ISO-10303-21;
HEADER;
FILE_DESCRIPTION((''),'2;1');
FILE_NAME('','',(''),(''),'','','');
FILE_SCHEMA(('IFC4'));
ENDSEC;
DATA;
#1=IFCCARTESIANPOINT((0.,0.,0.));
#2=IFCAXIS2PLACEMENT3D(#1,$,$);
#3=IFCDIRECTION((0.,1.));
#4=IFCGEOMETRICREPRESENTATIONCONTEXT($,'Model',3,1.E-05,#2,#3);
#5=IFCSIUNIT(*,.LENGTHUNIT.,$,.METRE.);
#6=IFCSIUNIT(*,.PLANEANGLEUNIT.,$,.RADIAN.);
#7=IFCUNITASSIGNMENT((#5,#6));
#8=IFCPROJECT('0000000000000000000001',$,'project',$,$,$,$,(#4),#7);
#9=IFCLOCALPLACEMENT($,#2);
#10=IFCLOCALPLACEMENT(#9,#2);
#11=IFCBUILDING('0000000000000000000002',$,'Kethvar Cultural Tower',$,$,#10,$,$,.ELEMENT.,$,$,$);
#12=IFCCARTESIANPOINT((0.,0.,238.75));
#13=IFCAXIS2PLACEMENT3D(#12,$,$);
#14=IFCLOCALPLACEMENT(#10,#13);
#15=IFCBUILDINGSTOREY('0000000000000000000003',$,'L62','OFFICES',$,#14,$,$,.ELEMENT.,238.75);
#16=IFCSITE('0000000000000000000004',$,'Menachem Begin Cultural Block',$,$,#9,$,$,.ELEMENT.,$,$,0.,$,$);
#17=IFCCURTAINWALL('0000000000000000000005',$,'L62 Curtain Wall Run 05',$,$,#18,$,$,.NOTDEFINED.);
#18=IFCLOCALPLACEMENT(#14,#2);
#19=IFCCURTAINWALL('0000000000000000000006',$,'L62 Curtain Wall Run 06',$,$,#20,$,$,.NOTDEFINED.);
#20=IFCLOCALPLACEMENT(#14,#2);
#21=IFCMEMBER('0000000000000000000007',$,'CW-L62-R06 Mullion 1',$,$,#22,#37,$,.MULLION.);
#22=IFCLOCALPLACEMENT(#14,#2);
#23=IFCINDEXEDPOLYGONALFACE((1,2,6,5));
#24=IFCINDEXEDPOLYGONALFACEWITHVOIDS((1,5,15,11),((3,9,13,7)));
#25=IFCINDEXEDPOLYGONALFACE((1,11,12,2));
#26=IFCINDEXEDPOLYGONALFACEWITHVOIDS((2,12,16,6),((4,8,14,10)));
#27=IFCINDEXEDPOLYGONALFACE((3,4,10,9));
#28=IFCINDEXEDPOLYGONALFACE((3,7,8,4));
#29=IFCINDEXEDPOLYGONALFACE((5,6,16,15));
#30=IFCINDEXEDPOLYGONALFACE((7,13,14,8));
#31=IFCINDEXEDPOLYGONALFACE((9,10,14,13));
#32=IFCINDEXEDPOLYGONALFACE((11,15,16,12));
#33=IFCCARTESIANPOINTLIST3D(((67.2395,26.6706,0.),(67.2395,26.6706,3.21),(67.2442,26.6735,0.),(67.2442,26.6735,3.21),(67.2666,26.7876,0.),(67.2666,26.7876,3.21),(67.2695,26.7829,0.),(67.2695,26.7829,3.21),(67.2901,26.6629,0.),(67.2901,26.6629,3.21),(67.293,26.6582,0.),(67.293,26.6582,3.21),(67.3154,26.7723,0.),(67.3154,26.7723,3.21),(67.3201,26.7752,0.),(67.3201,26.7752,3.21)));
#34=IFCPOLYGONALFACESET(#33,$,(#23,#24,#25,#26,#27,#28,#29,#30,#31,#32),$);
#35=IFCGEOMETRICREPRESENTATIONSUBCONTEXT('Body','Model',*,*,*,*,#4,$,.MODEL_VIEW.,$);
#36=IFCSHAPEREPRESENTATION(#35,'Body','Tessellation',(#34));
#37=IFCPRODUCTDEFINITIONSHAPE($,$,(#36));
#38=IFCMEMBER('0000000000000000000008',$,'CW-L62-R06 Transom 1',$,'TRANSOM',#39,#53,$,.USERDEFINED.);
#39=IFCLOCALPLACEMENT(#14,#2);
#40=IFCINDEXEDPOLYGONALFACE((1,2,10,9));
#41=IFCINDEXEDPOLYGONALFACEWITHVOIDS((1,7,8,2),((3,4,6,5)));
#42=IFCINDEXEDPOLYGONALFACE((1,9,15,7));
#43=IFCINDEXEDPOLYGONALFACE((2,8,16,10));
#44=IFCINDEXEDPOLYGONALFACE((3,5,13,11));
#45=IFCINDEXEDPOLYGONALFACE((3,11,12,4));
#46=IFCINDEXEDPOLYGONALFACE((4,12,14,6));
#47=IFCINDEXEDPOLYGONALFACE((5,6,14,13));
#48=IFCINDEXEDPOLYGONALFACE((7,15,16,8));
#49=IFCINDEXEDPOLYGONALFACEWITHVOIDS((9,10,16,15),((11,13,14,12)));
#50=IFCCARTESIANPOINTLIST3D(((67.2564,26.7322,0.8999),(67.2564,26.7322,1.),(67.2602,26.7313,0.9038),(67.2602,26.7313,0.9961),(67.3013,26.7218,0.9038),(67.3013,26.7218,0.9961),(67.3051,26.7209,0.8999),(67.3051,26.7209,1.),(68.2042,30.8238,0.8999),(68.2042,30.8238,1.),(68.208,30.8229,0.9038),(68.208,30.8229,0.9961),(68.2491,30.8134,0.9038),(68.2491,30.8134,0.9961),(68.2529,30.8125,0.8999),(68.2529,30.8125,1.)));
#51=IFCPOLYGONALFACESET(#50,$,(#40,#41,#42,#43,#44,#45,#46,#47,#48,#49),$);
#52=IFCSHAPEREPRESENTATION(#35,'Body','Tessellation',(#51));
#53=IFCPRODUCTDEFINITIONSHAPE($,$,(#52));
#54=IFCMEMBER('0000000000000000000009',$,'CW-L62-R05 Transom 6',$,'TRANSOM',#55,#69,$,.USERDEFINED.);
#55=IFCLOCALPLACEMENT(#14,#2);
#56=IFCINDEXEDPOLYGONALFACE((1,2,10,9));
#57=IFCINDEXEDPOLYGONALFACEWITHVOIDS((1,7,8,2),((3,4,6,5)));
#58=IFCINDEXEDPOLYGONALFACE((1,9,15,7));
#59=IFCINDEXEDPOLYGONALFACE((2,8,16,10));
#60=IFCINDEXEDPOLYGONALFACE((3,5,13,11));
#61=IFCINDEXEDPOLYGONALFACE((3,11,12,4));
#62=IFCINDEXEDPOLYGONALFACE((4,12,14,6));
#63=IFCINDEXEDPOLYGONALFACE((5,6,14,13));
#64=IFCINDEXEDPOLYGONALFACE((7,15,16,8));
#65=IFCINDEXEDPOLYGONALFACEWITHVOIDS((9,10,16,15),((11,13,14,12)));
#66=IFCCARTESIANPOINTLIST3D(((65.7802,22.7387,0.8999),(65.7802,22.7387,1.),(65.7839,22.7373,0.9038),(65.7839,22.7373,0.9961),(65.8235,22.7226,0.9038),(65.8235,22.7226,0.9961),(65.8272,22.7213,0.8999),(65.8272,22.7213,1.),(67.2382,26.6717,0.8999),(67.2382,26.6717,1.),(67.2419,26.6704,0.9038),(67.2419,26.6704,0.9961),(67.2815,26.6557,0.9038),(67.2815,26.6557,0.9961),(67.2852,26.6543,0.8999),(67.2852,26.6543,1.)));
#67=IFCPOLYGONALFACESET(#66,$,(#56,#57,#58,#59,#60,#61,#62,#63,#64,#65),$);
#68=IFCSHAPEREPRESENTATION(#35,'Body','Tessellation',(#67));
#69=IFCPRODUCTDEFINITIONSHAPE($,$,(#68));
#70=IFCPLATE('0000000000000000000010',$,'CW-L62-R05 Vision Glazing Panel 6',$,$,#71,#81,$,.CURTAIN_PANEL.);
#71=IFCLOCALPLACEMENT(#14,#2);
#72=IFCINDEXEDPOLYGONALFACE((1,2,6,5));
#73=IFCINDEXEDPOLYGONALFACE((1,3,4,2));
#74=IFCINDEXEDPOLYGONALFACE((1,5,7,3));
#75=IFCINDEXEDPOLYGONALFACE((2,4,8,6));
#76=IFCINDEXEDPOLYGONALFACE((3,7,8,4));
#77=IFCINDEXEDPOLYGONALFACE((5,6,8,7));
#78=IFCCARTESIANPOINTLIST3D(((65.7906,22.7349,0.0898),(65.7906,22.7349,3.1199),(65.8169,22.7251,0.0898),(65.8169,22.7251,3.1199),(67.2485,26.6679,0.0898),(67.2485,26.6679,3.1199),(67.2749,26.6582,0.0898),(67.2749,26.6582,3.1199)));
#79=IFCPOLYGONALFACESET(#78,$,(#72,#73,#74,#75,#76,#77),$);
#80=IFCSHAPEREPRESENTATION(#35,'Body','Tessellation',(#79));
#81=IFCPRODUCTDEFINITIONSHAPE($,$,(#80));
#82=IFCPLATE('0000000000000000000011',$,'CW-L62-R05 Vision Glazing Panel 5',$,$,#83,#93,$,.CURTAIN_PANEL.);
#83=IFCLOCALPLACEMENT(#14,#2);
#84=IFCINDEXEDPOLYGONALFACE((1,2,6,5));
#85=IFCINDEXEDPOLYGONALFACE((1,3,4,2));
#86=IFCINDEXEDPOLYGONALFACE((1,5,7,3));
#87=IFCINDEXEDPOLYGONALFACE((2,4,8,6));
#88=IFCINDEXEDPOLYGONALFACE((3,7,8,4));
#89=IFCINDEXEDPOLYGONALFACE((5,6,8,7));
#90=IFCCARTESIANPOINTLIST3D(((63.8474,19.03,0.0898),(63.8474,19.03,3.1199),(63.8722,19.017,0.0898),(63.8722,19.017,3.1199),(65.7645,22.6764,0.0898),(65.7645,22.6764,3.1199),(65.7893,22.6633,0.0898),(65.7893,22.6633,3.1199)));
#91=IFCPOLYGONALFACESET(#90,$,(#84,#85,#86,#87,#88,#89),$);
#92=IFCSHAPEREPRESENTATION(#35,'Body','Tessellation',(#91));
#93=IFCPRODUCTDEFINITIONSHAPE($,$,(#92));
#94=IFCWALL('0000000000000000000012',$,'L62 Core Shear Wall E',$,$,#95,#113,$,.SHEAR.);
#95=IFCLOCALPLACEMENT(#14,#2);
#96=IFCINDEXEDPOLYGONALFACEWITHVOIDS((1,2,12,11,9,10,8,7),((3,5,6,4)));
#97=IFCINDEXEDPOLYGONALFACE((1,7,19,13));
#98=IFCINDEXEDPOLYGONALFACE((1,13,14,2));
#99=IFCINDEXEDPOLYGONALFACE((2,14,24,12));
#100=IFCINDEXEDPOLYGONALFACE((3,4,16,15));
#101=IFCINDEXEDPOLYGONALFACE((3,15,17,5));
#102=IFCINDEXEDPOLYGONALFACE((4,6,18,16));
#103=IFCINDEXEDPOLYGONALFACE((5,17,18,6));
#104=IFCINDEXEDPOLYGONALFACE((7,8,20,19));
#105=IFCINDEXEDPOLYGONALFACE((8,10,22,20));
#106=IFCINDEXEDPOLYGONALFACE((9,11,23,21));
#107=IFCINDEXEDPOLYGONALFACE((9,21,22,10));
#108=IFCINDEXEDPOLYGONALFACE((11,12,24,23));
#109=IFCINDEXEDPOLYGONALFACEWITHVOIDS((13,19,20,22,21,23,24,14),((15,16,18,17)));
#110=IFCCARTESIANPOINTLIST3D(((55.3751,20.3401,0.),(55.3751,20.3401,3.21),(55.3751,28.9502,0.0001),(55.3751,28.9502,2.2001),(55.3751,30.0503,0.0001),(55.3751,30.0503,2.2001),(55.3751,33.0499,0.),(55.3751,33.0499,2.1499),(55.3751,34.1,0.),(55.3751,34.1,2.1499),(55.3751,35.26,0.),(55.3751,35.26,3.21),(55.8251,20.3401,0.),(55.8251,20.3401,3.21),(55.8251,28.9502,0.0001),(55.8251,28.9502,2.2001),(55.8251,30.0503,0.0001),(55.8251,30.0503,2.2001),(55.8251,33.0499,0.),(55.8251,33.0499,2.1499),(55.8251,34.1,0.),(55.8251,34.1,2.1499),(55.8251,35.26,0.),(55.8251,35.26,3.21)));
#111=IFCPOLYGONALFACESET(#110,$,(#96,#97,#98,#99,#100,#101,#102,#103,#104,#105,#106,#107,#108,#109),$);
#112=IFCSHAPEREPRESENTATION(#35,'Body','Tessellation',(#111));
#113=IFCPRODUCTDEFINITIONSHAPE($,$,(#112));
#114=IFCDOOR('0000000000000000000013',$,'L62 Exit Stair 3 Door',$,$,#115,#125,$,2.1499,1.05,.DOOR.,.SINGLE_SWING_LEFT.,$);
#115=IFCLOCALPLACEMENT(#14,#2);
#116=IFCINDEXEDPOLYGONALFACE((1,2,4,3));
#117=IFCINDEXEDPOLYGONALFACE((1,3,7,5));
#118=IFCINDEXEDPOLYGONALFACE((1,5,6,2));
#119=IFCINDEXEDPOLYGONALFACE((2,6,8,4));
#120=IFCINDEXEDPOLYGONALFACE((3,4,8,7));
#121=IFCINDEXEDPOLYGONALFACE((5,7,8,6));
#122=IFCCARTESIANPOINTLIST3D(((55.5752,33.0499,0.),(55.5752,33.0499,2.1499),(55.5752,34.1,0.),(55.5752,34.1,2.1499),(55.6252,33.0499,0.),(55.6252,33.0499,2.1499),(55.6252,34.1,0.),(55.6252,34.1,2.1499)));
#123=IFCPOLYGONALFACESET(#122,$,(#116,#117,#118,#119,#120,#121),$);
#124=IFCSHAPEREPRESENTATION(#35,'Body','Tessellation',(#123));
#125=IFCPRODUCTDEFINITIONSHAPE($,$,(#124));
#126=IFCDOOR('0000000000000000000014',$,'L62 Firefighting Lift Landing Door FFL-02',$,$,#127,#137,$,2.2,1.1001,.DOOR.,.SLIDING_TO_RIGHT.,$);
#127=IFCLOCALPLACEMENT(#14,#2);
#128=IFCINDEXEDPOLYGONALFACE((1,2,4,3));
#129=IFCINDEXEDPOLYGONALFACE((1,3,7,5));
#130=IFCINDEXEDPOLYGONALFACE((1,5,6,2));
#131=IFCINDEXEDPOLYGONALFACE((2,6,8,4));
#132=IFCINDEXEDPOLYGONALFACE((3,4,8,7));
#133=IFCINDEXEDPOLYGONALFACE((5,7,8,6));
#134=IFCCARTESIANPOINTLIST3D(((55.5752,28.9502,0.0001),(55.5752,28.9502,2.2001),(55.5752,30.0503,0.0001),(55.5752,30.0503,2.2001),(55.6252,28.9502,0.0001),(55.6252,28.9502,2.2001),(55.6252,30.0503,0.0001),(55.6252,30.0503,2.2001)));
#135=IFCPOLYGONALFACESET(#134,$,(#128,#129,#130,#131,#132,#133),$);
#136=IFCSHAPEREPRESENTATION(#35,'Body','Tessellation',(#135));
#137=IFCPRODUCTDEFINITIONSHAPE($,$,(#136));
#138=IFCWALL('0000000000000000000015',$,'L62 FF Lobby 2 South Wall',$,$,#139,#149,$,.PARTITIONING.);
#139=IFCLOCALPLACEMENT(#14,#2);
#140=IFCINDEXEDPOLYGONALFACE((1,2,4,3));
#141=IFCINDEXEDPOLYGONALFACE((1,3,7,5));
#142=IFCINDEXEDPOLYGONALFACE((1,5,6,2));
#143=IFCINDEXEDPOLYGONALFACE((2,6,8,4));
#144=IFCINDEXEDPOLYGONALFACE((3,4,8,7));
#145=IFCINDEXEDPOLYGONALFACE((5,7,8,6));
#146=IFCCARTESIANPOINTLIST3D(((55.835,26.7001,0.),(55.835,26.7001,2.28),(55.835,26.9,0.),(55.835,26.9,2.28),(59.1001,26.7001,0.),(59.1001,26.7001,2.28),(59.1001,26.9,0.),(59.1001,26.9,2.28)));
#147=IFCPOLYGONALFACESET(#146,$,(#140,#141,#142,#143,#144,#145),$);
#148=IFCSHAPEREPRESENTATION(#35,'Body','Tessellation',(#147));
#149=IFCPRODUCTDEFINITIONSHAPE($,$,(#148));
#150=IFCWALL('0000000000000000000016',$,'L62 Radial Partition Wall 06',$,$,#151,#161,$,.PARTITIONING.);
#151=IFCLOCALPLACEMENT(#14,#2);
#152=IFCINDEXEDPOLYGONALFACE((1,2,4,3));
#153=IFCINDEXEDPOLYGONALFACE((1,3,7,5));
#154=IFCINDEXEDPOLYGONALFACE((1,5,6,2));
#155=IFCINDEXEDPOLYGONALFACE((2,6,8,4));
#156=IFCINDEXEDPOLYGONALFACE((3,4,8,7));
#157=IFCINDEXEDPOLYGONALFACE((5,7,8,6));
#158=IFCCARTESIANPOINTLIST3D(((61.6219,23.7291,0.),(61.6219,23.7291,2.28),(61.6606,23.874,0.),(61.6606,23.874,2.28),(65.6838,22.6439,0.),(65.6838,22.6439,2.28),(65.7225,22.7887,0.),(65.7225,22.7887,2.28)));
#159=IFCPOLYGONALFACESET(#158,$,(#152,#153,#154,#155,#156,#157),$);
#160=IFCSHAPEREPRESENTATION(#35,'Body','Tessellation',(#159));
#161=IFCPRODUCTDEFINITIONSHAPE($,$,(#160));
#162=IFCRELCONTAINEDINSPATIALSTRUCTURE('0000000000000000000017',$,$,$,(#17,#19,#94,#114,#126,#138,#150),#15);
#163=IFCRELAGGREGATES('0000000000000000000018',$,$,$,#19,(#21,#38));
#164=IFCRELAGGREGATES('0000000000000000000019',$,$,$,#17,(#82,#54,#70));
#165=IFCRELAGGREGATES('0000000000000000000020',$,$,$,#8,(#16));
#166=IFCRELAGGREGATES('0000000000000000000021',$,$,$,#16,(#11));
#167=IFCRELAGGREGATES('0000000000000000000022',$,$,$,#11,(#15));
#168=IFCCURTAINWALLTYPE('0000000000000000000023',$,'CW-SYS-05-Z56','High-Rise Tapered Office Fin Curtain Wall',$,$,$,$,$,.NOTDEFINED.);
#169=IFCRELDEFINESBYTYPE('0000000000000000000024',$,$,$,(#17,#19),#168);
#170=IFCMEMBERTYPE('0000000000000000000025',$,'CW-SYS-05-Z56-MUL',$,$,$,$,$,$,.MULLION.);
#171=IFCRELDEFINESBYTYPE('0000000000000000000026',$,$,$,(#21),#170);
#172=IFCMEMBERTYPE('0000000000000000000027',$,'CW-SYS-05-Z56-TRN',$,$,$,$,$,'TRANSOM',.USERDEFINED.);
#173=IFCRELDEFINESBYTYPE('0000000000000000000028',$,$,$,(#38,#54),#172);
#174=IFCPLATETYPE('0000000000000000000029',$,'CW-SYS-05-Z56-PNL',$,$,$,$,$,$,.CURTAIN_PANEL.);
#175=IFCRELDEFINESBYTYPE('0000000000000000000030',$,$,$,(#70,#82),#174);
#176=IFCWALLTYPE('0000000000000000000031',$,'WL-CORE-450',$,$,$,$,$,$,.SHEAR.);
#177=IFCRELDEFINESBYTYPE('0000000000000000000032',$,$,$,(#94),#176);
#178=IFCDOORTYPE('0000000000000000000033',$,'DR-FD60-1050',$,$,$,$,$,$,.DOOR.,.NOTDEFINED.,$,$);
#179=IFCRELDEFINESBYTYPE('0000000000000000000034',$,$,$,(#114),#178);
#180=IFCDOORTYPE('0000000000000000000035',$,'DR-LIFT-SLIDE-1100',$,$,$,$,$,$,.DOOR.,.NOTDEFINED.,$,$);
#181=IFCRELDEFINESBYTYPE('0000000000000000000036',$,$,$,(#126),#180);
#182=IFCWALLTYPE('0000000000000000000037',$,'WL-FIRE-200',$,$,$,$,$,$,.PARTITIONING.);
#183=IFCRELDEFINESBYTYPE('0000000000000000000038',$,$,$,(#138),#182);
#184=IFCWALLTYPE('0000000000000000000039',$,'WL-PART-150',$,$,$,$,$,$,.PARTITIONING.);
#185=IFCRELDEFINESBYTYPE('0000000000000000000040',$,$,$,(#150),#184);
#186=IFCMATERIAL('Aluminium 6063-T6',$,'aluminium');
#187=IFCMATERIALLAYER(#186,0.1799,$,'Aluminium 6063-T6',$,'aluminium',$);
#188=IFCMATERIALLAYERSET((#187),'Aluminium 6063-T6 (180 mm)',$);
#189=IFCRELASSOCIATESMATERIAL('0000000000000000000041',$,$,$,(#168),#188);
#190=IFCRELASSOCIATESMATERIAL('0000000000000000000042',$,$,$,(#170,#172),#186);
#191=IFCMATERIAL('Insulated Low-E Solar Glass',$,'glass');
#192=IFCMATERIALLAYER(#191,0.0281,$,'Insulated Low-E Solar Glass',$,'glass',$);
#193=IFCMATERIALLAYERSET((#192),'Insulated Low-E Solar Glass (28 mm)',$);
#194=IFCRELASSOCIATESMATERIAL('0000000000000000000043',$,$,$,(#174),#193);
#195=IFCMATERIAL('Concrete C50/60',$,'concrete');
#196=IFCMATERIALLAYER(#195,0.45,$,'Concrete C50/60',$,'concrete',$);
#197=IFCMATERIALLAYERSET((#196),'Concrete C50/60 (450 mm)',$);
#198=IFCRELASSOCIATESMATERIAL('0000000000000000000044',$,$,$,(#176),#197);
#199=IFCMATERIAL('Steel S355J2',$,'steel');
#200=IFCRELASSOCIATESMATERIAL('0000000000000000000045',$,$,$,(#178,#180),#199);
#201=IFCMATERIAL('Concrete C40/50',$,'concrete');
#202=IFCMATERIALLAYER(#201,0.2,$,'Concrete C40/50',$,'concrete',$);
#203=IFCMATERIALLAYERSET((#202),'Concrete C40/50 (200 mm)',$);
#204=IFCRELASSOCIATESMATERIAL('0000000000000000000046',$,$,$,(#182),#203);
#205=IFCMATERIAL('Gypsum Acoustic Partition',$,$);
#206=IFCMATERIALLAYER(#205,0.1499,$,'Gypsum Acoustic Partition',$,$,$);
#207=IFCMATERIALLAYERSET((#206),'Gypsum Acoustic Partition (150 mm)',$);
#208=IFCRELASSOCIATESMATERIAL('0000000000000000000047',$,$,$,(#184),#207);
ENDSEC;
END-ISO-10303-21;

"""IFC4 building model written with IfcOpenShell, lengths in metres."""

from ifc_helpers import new_model, si_unit, direction, frame, frame_2d, origin, origin_2d, place, context, subcontext, project, spatial, rectangle, hollow_rectangle, extrude, source, transform, mapped, material, layer, layer_set, material_profile, profile_set, type_object, element, fill, aggregate, save


model = new_model("IFC4")

# Units and contexts
model_context = context("Model", 3, precision=1e-05, world=origin(), true_north=direction((0.0, 1.0)))
body_context = subcontext(model_context, "Body", "Model", "MODEL_VIEW")
ifc_project = project(units=[si_unit("LENGTHUNIT", "METRE"), si_unit("PLANEANGLEUNIT", "RADIAN")], contexts=[model_context])

# Site, building, storey
site_placement = place(None, origin())
site = spatial("IfcSite", under=ifc_project, at=site_placement, Name="Menachem Begin Cultural Block", CompositionType="ELEMENT", RefElevation=0.0)
building_placement = place(site_placement, origin())
building = spatial("IfcBuilding", under=site, at=building_placement, Name="Kethvar Cultural Tower", CompositionType="ELEMENT")
storey_placement = place(building_placement, frame((0.0, 0.0, 238.75)))
storey = spatial("IfcBuildingStorey", under=building, at=storey_placement, Name="L62", Description="OFFICES", CompositionType="ELEMENT", Elevation=238.75)

# Shared definitions
ifc_material_1 = material(Name="Steel S355J2", Category="steel")

# Curtain walls, members
ifc_material_2 = material(Name="Aluminium 6063-T6", Category="aluminium")
ifc_layer_1 = layer(ifc_material_2, 0.1799, Name="Aluminium 6063-T6", Category="aluminium")
ifc_layer_set_1 = layer_set([ifc_layer_1], Name="Aluminium 6063-T6 (180 mm)")
curtain_wall_type = type_object("IfcCurtainWallType", Name="CW-SYS-05-Z56", Description="High-Rise Tapered Office Fin Curtain Wall", PredefinedType="NOTDEFINED", material=ifc_layer_set_1)
curtain_wall_1_placement = place(storey_placement, origin())
curtain_wall_1 = element("IfcCurtainWall", 1, at=curtain_wall_1_placement, inside=storey, type_object=curtain_wall_type, Name="L62 Curtain Wall Run 05", PredefinedType="NOTDEFINED")
ifc_material_profile_1 = material_profile(ifc_material_2, hollow_rectangle(XDim=0.0549, YDim=0.1201, WallThickness=0.0039, at=origin_2d()), Name="Aluminium 6063-T6 — RHS120x55x4")
ifc_profile_set_1 = profile_set([ifc_material_profile_1], Name="Aluminium 6063-T6 — RHS120x55x4")
member_type_1 = type_object("IfcMemberType", Name="CW-SYS-05-Z56-MUL", PredefinedType="MULLION", material=ifc_profile_set_1)
shared_shape_1 = source(origin(), body_context, "Body", "SweptSolid", [
    extrude(hollow_rectangle(XDim=0.0549, YDim=0.1201, WallThickness=0.0039, at=origin_2d()), origin(), (0.0, 0.0, 1.0), 3.21),
])
curtain_wall_2_placement = place(storey_placement, origin())
curtain_wall_2 = element("IfcCurtainWall", 2, at=curtain_wall_2_placement, inside=storey, type_object=curtain_wall_type, Name="L62 Curtain Wall Run 06", PredefinedType="NOTDEFINED")
member_1_placement = place(storey_placement, frame((67.2798, 26.7229, 0.0), z_axis=(0.0, 0.0, 1.0), x_axis=(-0.974213, 0.225631, 0.0)))
member_1 = element("IfcMember", 3, at=member_1_placement, type_object=member_type_1, Name="CW-L62-R06 Mullion 1", PredefinedType="MULLION", context=body_context, shape_type="MappedRepresentation", body=[
    mapped(shared_shape_1, transform((0.0, 0.0, 0.0), scale=1.0)),
])
ifc_material_profile_2 = material_profile(ifc_material_2, hollow_rectangle(XDim=0.05, YDim=0.1001, WallThickness=0.0039, at=origin_2d()), Name="Aluminium 6063-T6 — RHS100x50x4")
ifc_profile_set_2 = profile_set([ifc_material_profile_2], Name="Aluminium 6063-T6 — RHS100x50x4")
member_type_2 = type_object("IfcMemberType", Name="CW-SYS-05-Z56-TRN", ElementType="TRANSOM", PredefinedType="USERDEFINED", material=ifc_profile_set_2)
shared_shape_2 = source(origin(), body_context, "Body", "SweptSolid", [
    extrude(hollow_rectangle(XDim=0.05, YDim=0.1001, WallThickness=0.0039, at=origin_2d()), origin(), (0.0, 0.0, 1.0), 4.2),
])
member_2_placement = place(storey_placement, frame((67.2808, 26.7266, 0.95), z_axis=(0.225662, 0.974206, 0.0), x_axis=(-0.974206, 0.225662, 0.0)))
member_2 = element("IfcMember", 4, at=member_2_placement, type_object=member_type_2, Name="CW-L62-R06 Transom 1", ObjectType="TRANSOM", PredefinedType="USERDEFINED", context=body_context, shape_type="MappedRepresentation", body=[
    mapped(shared_shape_2, transform((0.0, 0.0, 0.0), scale=1.0)),
])
aggregate(curtain_wall_2, [member_1, member_2])

# Member
shared_shape_3 = source(origin(), body_context, "Body", "SweptSolid", [
    extrude(hollow_rectangle(XDim=0.05, YDim=0.1001, WallThickness=0.0039, at=origin_2d()), origin(), (0.0, 0.0, 1.0), 4.1946),
])
member_3_placement = place(storey_placement, frame((65.8037, 22.73, 0.95), z_axis=(0.347587, 0.937648, 0.0), x_axis=(-0.937648, 0.347587, 0.0)))
member_3 = element("IfcMember", 5, at=member_3_placement, type_object=member_type_2, Name="CW-L62-R05 Transom 6", ObjectType="TRANSOM", PredefinedType="USERDEFINED", context=body_context, shape_type="MappedRepresentation", body=[
    mapped(shared_shape_3, transform((0.0, 0.0, 0.0), scale=1.0)),
])

# Plates
ifc_material_3 = material(Name="Insulated Low-E Solar Glass", Category="glass")
ifc_layer_2 = layer(ifc_material_3, 0.0281, Name="Insulated Low-E Solar Glass", Category="glass")
ifc_layer_set_2 = layer_set([ifc_layer_2], Name="Insulated Low-E Solar Glass (28 mm)")
plate_type = type_object("IfcPlateType", Name="CW-SYS-05-Z56-PNL", PredefinedType="CURTAIN_PANEL", material=ifc_layer_set_2)
shared_shape_4 = source(origin(), body_context, "Body", "SweptSolid", [
    extrude(rectangle(XDim=4.1946, YDim=0.0281, at=origin_2d()), origin(), (0.0, 0.0, 1.0), 3.03),
])
plate_1_placement = place(storey_placement, frame((66.5327, 24.6965, 0.0898), z_axis=(0.0, 0.0, 1.0), x_axis=(0.34759, 0.937646, 0.0)))
plate_1 = element("IfcPlate", 6, at=plate_1_placement, type_object=plate_type, Name="CW-L62-R05 Vision Glazing Panel 6", PredefinedType="CURTAIN_PANEL", context=body_context, shape_type="MappedRepresentation", body=[
    mapped(shared_shape_4, transform((0.0, 0.0, 0.0), scale=1.0)),
])
shared_shape_5 = source(origin(), body_context, "Body", "SweptSolid", [
    extrude(rectangle(XDim=4.1196, YDim=0.0281, at=origin_2d()), origin(), (0.0, 0.0, 1.0), 3.03),
])
plate_2_placement = place(storey_placement, frame((64.8184, 20.8467, 0.0898), z_axis=(0.0, 0.0, 1.0), x_axis=(0.465352, 0.885126, 0.0)))
plate_2 = element("IfcPlate", 7, at=plate_2_placement, type_object=plate_type, Name="CW-L62-R05 Vision Glazing Panel 5", PredefinedType="CURTAIN_PANEL", context=body_context, shape_type="MappedRepresentation", body=[
    mapped(shared_shape_5, transform((0.0, 0.0, 0.0), scale=1.0)),
])
aggregate(curtain_wall_1, [plate_2, member_3, plate_1])

# Wall, openings, doors
ifc_material_4 = material(Name="Concrete C50/60", Category="concrete")
ifc_layer_3 = layer(ifc_material_4, 0.45, Name="Concrete C50/60", Category="concrete")
ifc_layer_set_3 = layer_set([ifc_layer_3], Name="Concrete C50/60 (450 mm)")
wall_type_1 = type_object("IfcWallType", Name="WL-CORE-450", PredefinedType="SHEAR", material=ifc_layer_set_3)
wall_1_placement = place(storey_placement, frame((55.6001, 20.3401, 0.0), z_axis=(0.0, 0.0, 1.0), x_axis=(0.0, 1.0, 0.0)))
wall_1 = element("IfcWall", 8, at=wall_1_placement, inside=storey, type_object=wall_type_1, Name="L62 Core Shear Wall E", PredefinedType="SHEAR", context=body_context, shape_type="SweptSolid", body=[
    extrude(rectangle(XDim=14.9199, YDim=0.45, at=frame_2d((7.46, 0.0))), origin(), (0.0, 0.0, 1.0), 3.21),
])
opening_1_placement = place(wall_1_placement, frame((12.71, 0.0, 0.0)))
opening_1 = element("IfcOpeningElement", 9, at=opening_1_placement, cuts=wall_1, PredefinedType="OPENING", context=body_context, shape_type="SweptSolid", body=[
    extrude(rectangle(XDim=1.05, YDim=2.1499, at=frame_2d((0.5249, 1.075))), frame((0.0, 0.2349, 0.0), z_axis=(0.0, -1.0, 0.0), x_axis=(1.0, 0.0, 0.0)), (0.0, 0.0, 1.0), 0.47),
])
opening_2_placement = place(wall_1_placement, frame((8.6101, 0.0, 0.0)))
opening_2 = element("IfcOpeningElement", 10, at=opening_2_placement, cuts=wall_1, PredefinedType="OPENING", context=body_context, shape_type="SweptSolid", body=[
    extrude(rectangle(XDim=1.1001, YDim=2.2, at=frame_2d((0.55, 1.1001))), frame((0.0, 0.2349, 0.0), z_axis=(0.0, -1.0, 0.0), x_axis=(1.0, 0.0, 0.0)), (0.0, 0.0, 1.0), 0.47),
])
door_type_1 = type_object("IfcDoorType", Name="DR-FD60-1050", OperationType="NOTDEFINED", PredefinedType="DOOR", material=ifc_material_1)
shared_shape_6 = source(origin(), body_context, "Body", "SweptSolid", [
    extrude(rectangle(XDim=1.05, YDim=2.1499, at=frame_2d((0.5249, 1.075))), frame((0.0, 0.0249, 0.0), z_axis=(0.0, -1.0, 0.0), x_axis=(1.0, 0.0, 0.0)), (0.0, 0.0, 1.0), 0.05),
])
door_1_placement = place(opening_1_placement, origin())
door_1 = element("IfcDoor", 11, at=door_1_placement, inside=storey, type_object=door_type_1, Name="L62 Exit Stair 3 Door", OperationType="SINGLE_SWING_LEFT", OverallHeight=2.1499, OverallWidth=1.05, PredefinedType="DOOR", context=body_context, shape_type="MappedRepresentation", body=[
    mapped(shared_shape_6, transform((0.0, 0.0, 0.0), scale=1.0)),
])
fill(opening_1, door_1)
door_type_2 = type_object("IfcDoorType", Name="DR-LIFT-SLIDE-1100", OperationType="NOTDEFINED", PredefinedType="DOOR", material=ifc_material_1)
shared_shape_7 = source(origin(), body_context, "Body", "SweptSolid", [
    extrude(rectangle(XDim=1.1001, YDim=2.2, at=frame_2d((0.55, 1.1001))), frame((0.0, 0.0249, 0.0), z_axis=(0.0, -1.0, 0.0), x_axis=(1.0, 0.0, 0.0)), (0.0, 0.0, 1.0), 0.05),
])
door_2_placement = place(opening_2_placement, origin())
door_2 = element("IfcDoor", 12, at=door_2_placement, inside=storey, type_object=door_type_2, Name="L62 Firefighting Lift Landing Door FFL-02", OperationType="SLIDING_TO_RIGHT", OverallHeight=2.2, OverallWidth=1.1001, PredefinedType="DOOR", context=body_context, shape_type="MappedRepresentation", body=[
    mapped(shared_shape_7, transform((0.0, 0.0, 0.0), scale=1.0)),
])
fill(opening_2, door_2)

# Shared definitions
ifc_material_5 = material(Name="Concrete C40/50", Category="concrete")
ifc_layer_4 = layer(ifc_material_5, 0.2, Name="Concrete C40/50", Category="concrete")
ifc_layer_set_4 = layer_set([ifc_layer_4], Name="Concrete C40/50 (200 mm)")
wall_type_2 = type_object("IfcWallType", Name="WL-FIRE-200", PredefinedType="PARTITIONING", material=ifc_layer_set_4)

# Walls
wall_2_placement = place(storey_placement, frame((55.835, 26.8, 0.0), z_axis=(0.0, 0.0, 1.0), x_axis=(1.0, 0.0, 0.0)))
element("IfcWall", 13, at=wall_2_placement, inside=storey, type_object=wall_type_2, Name="L62 FF Lobby 2 South Wall", PredefinedType="PARTITIONING", context=body_context, shape_type="SweptSolid", body=[
    extrude(rectangle(XDim=3.2651, YDim=0.2, at=frame_2d((1.6326, 0.0))), origin(), (0.0, 0.0, 1.0), 2.28),
])
ifc_material_6 = material(Name="Gypsum Acoustic Partition")
ifc_layer_5 = layer(ifc_material_6, 0.1499, Name="Gypsum Acoustic Partition")
ifc_layer_set_5 = layer_set([ifc_layer_5], Name="Gypsum Acoustic Partition (150 mm)")
wall_type_3 = type_object("IfcWallType", Name="WL-PART-150", PredefinedType="PARTITIONING", material=ifc_layer_set_5)
wall_3_placement = place(storey_placement, frame((61.6414, 23.8015, 0.0), z_axis=(0.0, 0.0, 1.0), x_axis=(0.966112, -0.258122, 0.0)))
element("IfcWall", 14, at=wall_3_placement, inside=storey, type_object=wall_type_3, Name="L62 Radial Partition Wall 06", PredefinedType="PARTITIONING", context=body_context, shape_type="SweptSolid", body=[
    extrude(rectangle(XDim=4.2043, YDim=0.1499, at=frame_2d((2.1021, 0.0))), origin(), (0.0, 0.0, 1.0), 2.28),
])

save(model, "model.ifc")
